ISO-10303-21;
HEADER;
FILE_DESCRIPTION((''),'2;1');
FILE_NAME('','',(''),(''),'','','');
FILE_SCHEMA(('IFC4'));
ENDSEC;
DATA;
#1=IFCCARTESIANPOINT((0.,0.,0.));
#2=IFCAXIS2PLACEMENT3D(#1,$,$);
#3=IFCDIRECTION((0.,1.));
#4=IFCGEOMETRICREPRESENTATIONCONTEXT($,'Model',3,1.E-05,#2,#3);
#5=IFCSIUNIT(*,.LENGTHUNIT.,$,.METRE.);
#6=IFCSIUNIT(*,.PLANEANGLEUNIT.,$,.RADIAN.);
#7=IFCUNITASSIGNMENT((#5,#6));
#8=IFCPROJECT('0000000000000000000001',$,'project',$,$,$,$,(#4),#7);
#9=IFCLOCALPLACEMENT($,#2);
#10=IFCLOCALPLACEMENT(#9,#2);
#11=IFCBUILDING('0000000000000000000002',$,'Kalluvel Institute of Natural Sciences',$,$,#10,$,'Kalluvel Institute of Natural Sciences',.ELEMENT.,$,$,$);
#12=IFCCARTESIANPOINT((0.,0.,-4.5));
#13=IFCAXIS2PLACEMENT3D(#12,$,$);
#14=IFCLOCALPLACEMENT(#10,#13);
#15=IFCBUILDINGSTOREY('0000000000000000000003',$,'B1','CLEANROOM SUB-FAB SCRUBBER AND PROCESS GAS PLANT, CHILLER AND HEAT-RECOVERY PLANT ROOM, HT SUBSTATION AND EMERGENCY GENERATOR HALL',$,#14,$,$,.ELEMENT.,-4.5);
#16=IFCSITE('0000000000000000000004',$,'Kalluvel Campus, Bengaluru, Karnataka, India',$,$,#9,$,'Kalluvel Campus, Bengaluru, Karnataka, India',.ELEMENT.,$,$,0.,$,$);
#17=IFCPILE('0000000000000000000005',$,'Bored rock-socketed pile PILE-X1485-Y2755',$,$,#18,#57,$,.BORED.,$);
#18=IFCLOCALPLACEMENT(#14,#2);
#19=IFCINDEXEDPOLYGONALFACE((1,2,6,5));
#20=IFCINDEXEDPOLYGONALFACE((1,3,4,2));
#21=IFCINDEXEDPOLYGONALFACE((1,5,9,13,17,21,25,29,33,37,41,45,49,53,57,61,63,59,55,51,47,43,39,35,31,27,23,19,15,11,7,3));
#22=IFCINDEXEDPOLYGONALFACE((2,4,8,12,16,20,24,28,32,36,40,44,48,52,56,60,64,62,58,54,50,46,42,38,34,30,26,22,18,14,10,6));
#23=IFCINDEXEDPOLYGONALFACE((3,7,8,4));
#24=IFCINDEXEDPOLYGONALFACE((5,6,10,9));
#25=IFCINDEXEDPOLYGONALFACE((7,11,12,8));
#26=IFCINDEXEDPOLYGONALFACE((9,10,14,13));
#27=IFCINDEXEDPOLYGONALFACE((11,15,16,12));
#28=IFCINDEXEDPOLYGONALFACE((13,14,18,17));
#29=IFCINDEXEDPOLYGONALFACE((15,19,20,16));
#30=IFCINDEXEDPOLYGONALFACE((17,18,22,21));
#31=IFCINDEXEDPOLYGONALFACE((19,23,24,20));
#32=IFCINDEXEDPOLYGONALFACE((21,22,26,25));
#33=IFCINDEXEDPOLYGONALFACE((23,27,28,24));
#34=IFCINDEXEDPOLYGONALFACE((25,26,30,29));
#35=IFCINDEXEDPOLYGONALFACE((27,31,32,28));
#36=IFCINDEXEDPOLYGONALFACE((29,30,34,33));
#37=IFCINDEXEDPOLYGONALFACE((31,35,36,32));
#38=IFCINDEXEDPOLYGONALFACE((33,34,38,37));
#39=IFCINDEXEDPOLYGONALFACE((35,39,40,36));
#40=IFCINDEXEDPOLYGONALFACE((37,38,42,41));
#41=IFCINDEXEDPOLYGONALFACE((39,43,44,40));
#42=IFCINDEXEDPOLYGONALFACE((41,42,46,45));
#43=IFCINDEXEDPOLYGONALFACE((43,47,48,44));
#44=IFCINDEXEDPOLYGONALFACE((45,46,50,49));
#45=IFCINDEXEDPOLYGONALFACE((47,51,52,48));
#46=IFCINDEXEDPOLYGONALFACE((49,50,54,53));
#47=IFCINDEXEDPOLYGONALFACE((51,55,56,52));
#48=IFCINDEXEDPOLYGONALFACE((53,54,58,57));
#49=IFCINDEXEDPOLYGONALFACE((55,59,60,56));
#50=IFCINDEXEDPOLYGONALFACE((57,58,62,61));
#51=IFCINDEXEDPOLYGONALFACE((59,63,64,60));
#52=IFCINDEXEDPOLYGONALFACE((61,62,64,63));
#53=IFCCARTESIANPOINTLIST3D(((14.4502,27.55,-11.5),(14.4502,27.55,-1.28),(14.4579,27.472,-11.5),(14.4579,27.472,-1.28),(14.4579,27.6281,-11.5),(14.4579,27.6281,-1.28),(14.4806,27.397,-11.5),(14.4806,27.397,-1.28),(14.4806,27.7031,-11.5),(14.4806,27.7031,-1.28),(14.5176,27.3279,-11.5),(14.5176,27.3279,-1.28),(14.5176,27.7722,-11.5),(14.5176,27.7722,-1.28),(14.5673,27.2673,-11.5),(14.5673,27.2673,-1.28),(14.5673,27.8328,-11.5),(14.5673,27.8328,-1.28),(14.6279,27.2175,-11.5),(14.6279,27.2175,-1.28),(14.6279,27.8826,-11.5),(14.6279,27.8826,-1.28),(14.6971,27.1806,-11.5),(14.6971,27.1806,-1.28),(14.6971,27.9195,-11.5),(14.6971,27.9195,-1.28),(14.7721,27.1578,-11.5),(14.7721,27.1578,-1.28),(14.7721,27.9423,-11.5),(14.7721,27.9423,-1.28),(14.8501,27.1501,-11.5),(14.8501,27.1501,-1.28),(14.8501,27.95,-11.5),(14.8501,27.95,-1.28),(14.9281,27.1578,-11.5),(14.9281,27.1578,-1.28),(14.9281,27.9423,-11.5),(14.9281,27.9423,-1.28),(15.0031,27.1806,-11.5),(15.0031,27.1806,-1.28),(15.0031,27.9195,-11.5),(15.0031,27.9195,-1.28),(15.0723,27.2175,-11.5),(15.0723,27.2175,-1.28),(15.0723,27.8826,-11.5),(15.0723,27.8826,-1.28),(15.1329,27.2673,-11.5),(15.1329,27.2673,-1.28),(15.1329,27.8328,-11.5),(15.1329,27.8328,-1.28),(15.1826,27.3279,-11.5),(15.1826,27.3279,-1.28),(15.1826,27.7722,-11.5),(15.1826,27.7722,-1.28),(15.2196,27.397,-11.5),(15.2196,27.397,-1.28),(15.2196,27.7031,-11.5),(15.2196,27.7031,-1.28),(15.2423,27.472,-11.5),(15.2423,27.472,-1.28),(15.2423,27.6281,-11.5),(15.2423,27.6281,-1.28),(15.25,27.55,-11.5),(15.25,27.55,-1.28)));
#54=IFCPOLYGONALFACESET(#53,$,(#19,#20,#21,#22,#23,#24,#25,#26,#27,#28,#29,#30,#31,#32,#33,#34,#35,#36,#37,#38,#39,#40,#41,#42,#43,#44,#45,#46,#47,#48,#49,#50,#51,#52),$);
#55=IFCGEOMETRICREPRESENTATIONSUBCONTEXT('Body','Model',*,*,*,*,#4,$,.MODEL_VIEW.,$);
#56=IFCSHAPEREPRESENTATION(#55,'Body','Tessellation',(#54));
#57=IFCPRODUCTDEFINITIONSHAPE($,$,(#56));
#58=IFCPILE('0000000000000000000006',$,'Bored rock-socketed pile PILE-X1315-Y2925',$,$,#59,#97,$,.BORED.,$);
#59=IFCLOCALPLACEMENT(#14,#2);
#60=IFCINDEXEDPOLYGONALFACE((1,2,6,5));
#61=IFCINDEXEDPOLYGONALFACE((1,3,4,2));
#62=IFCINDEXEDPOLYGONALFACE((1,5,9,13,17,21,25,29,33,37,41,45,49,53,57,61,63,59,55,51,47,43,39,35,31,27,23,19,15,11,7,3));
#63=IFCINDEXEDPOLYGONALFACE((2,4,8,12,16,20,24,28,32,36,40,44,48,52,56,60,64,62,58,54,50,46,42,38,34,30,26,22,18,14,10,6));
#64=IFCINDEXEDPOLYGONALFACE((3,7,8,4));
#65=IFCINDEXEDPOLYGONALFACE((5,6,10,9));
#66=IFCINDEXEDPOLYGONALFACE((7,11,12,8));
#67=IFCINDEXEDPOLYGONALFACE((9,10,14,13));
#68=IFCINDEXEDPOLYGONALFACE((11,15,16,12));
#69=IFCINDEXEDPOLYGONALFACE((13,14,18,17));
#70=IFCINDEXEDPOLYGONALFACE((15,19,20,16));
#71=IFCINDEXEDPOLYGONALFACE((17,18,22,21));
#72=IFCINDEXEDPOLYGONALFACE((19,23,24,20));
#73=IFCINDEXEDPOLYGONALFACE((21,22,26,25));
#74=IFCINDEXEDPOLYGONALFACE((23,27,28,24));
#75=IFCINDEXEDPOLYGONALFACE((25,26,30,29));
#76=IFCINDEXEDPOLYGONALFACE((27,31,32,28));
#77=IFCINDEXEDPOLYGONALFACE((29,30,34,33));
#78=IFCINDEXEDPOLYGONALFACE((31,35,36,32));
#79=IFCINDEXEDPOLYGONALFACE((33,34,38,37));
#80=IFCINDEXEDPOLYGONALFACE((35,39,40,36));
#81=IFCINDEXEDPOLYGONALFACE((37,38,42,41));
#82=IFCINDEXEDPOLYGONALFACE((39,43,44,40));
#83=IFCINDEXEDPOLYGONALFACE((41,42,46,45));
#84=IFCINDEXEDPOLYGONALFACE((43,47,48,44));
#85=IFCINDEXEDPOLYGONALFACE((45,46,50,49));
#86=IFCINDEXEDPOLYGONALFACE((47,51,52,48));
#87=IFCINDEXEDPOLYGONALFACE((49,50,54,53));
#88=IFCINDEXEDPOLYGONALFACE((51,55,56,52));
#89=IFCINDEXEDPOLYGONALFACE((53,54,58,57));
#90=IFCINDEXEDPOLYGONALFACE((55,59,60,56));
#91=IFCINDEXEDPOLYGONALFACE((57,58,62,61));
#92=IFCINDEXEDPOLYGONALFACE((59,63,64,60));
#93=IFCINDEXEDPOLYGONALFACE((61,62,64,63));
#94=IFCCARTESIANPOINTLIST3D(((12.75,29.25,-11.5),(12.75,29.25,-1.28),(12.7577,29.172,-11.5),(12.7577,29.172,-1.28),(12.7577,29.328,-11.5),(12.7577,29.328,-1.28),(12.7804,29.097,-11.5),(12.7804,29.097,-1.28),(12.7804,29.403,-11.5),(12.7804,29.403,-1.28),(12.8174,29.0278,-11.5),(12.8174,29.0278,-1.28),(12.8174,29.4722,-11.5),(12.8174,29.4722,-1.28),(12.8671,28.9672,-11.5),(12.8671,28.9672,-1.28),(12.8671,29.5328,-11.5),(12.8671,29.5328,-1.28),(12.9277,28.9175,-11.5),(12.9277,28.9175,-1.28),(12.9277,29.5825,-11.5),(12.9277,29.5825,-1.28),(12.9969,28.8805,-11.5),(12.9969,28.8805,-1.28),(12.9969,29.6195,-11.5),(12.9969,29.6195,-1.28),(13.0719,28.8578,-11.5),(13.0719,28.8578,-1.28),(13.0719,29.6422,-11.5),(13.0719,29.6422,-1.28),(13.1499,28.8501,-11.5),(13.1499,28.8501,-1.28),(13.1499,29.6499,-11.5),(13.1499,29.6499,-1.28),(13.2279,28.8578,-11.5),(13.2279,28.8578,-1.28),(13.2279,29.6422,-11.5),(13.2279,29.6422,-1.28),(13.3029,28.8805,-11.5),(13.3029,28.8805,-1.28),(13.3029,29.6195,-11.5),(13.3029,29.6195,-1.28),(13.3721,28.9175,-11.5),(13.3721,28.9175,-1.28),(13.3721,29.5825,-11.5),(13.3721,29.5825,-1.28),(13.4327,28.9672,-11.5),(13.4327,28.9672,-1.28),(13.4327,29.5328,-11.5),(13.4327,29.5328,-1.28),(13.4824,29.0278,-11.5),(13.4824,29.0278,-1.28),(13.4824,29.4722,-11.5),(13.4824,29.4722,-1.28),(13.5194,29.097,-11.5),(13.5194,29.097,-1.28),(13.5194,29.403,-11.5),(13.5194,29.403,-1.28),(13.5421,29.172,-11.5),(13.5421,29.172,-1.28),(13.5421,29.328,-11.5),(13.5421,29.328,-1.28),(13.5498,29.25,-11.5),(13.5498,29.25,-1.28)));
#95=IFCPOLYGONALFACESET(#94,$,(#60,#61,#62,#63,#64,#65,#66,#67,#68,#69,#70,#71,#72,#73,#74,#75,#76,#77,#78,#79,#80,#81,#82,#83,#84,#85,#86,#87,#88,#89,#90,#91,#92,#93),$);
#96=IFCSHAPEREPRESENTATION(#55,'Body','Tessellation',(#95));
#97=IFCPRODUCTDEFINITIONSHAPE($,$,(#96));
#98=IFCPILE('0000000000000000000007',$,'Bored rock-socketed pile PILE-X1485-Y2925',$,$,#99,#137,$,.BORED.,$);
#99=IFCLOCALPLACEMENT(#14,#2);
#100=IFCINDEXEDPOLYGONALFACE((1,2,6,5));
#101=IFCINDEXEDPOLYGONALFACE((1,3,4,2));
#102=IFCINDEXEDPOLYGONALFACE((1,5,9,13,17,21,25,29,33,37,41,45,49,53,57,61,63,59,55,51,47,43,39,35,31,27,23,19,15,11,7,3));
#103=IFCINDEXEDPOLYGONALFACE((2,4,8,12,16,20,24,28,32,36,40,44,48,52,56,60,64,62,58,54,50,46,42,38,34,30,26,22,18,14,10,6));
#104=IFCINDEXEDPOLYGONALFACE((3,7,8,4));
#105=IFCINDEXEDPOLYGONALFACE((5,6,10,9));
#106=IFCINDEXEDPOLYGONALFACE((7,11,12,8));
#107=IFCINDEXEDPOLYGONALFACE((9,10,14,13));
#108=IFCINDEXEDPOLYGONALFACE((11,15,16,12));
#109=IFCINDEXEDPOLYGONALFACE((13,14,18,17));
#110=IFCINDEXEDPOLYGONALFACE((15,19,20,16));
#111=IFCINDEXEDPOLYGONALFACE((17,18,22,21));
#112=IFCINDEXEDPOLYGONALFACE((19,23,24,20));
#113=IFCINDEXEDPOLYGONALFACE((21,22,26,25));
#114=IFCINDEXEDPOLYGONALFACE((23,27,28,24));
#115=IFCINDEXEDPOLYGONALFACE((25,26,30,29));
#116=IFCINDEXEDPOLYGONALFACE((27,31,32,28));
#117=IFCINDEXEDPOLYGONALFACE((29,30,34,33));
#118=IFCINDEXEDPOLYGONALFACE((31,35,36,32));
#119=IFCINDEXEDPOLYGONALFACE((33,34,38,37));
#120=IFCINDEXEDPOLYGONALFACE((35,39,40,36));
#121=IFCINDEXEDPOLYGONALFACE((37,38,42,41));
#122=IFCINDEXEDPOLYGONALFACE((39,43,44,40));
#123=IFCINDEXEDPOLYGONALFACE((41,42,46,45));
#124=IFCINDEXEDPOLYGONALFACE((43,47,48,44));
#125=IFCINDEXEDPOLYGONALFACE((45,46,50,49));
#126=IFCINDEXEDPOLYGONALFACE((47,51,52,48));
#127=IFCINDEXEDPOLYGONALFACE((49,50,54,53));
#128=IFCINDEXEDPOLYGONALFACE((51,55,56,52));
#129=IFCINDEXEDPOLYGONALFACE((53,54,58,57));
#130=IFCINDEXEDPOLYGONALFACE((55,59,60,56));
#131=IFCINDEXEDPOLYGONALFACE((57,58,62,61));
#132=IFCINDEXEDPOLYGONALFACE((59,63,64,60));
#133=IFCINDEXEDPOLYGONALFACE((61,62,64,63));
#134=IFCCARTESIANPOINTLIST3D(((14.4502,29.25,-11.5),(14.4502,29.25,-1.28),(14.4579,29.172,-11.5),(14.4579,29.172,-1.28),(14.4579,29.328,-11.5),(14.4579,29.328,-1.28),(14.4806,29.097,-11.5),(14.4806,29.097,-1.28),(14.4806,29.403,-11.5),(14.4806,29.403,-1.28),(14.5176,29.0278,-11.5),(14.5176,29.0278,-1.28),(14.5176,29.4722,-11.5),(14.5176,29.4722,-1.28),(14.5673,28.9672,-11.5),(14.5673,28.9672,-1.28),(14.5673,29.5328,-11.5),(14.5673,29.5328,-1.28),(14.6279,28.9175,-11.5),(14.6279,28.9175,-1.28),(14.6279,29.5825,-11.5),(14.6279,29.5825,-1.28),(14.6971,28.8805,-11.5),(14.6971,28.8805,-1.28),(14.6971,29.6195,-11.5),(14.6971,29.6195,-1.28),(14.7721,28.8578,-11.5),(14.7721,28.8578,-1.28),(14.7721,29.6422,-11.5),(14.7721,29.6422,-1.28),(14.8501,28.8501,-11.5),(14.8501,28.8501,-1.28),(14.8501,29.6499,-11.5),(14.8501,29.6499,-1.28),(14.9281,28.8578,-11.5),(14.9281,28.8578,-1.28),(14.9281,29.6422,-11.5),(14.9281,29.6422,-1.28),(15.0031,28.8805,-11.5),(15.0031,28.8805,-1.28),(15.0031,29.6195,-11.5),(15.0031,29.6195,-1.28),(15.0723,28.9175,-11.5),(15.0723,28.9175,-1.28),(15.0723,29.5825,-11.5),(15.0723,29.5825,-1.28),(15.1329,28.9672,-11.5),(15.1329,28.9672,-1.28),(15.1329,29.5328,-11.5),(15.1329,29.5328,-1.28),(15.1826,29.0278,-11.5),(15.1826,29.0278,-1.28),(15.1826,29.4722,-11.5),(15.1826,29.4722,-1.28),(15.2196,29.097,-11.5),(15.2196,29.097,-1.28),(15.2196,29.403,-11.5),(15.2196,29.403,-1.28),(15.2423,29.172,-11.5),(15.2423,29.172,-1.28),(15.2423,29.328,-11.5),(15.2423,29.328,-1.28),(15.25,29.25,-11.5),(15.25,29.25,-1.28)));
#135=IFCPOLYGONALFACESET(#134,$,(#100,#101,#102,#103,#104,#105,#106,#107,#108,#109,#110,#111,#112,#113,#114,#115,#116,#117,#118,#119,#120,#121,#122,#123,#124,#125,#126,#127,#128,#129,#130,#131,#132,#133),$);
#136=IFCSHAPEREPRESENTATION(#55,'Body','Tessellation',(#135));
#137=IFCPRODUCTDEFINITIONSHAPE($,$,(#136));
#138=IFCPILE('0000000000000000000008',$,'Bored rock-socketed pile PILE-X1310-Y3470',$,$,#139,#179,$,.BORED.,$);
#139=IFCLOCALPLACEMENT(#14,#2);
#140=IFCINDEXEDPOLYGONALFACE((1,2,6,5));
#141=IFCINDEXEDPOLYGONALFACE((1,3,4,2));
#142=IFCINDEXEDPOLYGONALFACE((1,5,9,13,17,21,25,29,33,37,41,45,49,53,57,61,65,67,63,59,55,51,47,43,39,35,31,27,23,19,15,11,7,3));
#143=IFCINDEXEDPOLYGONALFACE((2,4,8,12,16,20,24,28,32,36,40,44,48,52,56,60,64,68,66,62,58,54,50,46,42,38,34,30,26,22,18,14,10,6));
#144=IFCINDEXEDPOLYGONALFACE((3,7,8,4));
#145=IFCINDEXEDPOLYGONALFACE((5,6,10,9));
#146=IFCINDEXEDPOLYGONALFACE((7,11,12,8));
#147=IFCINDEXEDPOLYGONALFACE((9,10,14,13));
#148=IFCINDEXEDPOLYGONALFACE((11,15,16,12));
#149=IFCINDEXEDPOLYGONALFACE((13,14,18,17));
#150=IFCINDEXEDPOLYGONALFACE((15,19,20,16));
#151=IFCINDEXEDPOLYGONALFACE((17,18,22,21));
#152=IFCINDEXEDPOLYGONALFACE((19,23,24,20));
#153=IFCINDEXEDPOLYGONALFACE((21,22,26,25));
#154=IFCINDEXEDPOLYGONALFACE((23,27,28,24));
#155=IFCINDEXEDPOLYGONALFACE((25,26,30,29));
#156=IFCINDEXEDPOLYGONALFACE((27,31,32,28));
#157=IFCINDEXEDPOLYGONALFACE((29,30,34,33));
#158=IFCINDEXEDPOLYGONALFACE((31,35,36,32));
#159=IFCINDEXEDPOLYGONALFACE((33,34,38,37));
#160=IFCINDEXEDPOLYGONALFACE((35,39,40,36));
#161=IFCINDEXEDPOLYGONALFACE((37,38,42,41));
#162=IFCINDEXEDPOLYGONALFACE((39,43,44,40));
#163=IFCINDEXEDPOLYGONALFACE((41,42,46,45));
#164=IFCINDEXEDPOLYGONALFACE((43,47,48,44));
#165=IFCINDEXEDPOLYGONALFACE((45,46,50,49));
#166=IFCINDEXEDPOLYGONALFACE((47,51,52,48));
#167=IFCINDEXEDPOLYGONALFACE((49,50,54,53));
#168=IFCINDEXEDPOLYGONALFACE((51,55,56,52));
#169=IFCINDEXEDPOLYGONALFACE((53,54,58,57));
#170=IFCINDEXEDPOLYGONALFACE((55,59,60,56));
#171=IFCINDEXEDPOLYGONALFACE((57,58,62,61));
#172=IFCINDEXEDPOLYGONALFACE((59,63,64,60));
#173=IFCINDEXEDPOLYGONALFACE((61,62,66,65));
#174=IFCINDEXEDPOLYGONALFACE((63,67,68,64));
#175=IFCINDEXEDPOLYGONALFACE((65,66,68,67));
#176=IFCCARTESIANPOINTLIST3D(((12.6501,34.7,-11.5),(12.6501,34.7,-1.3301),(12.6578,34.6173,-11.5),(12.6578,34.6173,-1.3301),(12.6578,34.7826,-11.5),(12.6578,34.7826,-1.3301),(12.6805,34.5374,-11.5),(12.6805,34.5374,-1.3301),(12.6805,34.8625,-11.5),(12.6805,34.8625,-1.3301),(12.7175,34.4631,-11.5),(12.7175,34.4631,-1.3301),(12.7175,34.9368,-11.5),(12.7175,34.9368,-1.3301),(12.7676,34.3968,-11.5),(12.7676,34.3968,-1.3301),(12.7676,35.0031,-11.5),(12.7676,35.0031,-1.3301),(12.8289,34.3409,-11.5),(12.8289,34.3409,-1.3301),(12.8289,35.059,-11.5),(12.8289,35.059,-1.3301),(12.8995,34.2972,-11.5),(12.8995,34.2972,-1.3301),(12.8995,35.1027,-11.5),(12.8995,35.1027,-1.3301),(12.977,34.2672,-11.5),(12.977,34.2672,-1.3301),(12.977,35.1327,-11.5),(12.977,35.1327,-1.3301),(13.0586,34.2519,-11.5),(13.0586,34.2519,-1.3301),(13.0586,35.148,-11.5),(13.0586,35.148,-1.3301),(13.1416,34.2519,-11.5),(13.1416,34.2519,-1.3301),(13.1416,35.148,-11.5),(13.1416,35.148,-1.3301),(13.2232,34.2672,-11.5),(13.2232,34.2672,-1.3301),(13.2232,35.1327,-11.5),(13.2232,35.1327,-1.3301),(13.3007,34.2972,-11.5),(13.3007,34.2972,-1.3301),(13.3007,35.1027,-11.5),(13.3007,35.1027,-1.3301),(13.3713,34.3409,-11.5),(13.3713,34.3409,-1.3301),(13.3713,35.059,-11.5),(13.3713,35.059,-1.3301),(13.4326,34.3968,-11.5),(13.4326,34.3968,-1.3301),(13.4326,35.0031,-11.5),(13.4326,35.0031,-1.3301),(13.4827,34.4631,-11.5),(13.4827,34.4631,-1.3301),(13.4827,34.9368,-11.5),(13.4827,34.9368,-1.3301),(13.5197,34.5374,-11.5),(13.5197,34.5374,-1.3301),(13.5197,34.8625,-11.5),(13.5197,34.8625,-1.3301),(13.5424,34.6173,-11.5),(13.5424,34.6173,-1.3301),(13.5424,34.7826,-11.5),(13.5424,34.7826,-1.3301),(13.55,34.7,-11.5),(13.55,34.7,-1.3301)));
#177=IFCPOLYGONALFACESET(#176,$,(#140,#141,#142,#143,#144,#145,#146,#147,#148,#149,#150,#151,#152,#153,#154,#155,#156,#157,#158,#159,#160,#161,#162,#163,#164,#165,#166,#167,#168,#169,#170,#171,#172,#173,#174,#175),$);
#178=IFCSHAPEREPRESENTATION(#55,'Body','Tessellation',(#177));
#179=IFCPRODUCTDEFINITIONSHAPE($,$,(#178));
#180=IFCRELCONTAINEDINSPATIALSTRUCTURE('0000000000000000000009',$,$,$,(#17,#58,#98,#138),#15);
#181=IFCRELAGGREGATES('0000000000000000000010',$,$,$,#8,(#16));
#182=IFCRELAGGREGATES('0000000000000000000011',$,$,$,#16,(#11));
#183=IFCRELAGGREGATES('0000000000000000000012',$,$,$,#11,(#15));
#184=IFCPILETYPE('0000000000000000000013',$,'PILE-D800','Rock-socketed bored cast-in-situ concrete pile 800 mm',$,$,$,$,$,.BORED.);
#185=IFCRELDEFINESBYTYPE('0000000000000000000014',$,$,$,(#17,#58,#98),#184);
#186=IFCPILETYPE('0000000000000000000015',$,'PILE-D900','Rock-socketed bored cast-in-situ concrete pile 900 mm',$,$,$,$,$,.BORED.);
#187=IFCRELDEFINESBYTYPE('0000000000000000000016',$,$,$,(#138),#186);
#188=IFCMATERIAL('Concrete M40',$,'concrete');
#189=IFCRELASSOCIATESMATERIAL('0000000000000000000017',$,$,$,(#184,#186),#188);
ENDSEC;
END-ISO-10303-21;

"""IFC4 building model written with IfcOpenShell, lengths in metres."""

from ifc_helpers import new_model, si_unit, direction, frame, origin, origin_2d, place, context, subcontext, project, spatial, circle, extrude, material, material_profile, profile_set, type_object, element, save


model = new_model("IFC4")

# Units and contexts
model_context = context("Model", 3, precision=1e-05, world=origin(), true_north=direction((0.0, 1.0)))
body_context = subcontext(model_context, "Body", "Model", "MODEL_VIEW")
ifc_project = project(units=[si_unit("LENGTHUNIT", "METRE"), si_unit("PLANEANGLEUNIT", "RADIAN")], contexts=[model_context])

# Site, building, storey
site_placement = place(None, origin())
site = spatial("IfcSite", under=ifc_project, at=site_placement, Name="Kalluvel Campus, Bengaluru, Karnataka, India", LongName="Kalluvel Campus, Bengaluru, Karnataka, India", CompositionType="ELEMENT", RefElevation=0.0)
building_placement = place(site_placement, origin())
building = spatial("IfcBuilding", under=site, at=building_placement, Name="Kalluvel Institute of Natural Sciences", LongName="Kalluvel Institute of Natural Sciences", CompositionType="ELEMENT")
storey_placement = place(building_placement, frame((0.0, 0.0, -4.5)))
storey = spatial("IfcBuildingStorey", under=building, at=storey_placement, Name="B1", Description="CLEANROOM SUB-FAB SCRUBBER AND PROCESS GAS PLANT, CHILLER AND HEAT-RECOVERY PLANT ROOM, HT SUBSTATION AND EMERGENCY GENERATOR HALL", CompositionType="ELEMENT", Elevation=-4.5)

# Shared definitions
ifc_material_1 = material(Name="Concrete M40", Category="concrete")

# Piles
ifc_material_profile_1 = material_profile(ifc_material_1, circle(Radius=0.3999, at=origin_2d()), Name="PILE D800")
ifc_profile_set_1 = profile_set([ifc_material_profile_1], Name="Concrete M40")
pile_type_1 = type_object("IfcPileType", Name="PILE-D800", Description="Rock-socketed bored cast-in-situ concrete pile 800 mm", PredefinedType="BORED", material=ifc_profile_set_1)
for number, where, z_axis, x_axis, name in (
    (1, (14.8501, 27.55, -1.28), (0.0, 0.0, -1.0), (1.0, 0.0, 0.0), "Bored rock-socketed pile PILE-X1485-Y2755"),
    (2, (13.1499, 29.25, -1.28), (0.0, 0.0, -1.0), (1.0, 0.0, 0.0), "Bored rock-socketed pile PILE-X1315-Y2925"),
    (3, (14.8501, 29.25, -1.28), (0.0, 0.0, -1.0), (1.0, 0.0, 0.0), "Bored rock-socketed pile PILE-X1485-Y2925"),
):
    element("IfcPile", number, at=place(storey_placement, frame(where, z_axis=z_axis, x_axis=x_axis)), inside=storey, type_object=pile_type_1, Name=name, PredefinedType="BORED", context=body_context, shape_type="SweptSolid", body=[
        extrude(circle(Radius=0.3999, at=origin_2d()), origin(), (0.0, 0.0, 1.0), 10.22),
    ])
ifc_material_profile_2 = material_profile(ifc_material_1, circle(Radius=0.45, at=origin_2d()), Name="PILE D900")
ifc_profile_set_2 = profile_set([ifc_material_profile_2], Name="Concrete M40")
pile_type_2 = type_object("IfcPileType", Name="PILE-D900", Description="Rock-socketed bored cast-in-situ concrete pile 900 mm", PredefinedType="BORED", material=ifc_profile_set_2)
for number, where, z_axis, x_axis, name in (
    (4, (13.1001, 34.7, -1.3301), (0.0, 0.0, -1.0), (1.0, 0.0, 0.0), "Bored rock-socketed pile PILE-X1310-Y3470"),
):
    element("IfcPile", number, at=place(storey_placement, frame(where, z_axis=z_axis, x_axis=x_axis)), inside=storey, type_object=pile_type_2, Name=name, PredefinedType="BORED", context=body_context, shape_type="SweptSolid", body=[
        extrude(circle(Radius=0.45, at=origin_2d()), origin(), (0.0, 0.0, 1.0), 10.1699),
    ])

save(model, "model.ifc")
